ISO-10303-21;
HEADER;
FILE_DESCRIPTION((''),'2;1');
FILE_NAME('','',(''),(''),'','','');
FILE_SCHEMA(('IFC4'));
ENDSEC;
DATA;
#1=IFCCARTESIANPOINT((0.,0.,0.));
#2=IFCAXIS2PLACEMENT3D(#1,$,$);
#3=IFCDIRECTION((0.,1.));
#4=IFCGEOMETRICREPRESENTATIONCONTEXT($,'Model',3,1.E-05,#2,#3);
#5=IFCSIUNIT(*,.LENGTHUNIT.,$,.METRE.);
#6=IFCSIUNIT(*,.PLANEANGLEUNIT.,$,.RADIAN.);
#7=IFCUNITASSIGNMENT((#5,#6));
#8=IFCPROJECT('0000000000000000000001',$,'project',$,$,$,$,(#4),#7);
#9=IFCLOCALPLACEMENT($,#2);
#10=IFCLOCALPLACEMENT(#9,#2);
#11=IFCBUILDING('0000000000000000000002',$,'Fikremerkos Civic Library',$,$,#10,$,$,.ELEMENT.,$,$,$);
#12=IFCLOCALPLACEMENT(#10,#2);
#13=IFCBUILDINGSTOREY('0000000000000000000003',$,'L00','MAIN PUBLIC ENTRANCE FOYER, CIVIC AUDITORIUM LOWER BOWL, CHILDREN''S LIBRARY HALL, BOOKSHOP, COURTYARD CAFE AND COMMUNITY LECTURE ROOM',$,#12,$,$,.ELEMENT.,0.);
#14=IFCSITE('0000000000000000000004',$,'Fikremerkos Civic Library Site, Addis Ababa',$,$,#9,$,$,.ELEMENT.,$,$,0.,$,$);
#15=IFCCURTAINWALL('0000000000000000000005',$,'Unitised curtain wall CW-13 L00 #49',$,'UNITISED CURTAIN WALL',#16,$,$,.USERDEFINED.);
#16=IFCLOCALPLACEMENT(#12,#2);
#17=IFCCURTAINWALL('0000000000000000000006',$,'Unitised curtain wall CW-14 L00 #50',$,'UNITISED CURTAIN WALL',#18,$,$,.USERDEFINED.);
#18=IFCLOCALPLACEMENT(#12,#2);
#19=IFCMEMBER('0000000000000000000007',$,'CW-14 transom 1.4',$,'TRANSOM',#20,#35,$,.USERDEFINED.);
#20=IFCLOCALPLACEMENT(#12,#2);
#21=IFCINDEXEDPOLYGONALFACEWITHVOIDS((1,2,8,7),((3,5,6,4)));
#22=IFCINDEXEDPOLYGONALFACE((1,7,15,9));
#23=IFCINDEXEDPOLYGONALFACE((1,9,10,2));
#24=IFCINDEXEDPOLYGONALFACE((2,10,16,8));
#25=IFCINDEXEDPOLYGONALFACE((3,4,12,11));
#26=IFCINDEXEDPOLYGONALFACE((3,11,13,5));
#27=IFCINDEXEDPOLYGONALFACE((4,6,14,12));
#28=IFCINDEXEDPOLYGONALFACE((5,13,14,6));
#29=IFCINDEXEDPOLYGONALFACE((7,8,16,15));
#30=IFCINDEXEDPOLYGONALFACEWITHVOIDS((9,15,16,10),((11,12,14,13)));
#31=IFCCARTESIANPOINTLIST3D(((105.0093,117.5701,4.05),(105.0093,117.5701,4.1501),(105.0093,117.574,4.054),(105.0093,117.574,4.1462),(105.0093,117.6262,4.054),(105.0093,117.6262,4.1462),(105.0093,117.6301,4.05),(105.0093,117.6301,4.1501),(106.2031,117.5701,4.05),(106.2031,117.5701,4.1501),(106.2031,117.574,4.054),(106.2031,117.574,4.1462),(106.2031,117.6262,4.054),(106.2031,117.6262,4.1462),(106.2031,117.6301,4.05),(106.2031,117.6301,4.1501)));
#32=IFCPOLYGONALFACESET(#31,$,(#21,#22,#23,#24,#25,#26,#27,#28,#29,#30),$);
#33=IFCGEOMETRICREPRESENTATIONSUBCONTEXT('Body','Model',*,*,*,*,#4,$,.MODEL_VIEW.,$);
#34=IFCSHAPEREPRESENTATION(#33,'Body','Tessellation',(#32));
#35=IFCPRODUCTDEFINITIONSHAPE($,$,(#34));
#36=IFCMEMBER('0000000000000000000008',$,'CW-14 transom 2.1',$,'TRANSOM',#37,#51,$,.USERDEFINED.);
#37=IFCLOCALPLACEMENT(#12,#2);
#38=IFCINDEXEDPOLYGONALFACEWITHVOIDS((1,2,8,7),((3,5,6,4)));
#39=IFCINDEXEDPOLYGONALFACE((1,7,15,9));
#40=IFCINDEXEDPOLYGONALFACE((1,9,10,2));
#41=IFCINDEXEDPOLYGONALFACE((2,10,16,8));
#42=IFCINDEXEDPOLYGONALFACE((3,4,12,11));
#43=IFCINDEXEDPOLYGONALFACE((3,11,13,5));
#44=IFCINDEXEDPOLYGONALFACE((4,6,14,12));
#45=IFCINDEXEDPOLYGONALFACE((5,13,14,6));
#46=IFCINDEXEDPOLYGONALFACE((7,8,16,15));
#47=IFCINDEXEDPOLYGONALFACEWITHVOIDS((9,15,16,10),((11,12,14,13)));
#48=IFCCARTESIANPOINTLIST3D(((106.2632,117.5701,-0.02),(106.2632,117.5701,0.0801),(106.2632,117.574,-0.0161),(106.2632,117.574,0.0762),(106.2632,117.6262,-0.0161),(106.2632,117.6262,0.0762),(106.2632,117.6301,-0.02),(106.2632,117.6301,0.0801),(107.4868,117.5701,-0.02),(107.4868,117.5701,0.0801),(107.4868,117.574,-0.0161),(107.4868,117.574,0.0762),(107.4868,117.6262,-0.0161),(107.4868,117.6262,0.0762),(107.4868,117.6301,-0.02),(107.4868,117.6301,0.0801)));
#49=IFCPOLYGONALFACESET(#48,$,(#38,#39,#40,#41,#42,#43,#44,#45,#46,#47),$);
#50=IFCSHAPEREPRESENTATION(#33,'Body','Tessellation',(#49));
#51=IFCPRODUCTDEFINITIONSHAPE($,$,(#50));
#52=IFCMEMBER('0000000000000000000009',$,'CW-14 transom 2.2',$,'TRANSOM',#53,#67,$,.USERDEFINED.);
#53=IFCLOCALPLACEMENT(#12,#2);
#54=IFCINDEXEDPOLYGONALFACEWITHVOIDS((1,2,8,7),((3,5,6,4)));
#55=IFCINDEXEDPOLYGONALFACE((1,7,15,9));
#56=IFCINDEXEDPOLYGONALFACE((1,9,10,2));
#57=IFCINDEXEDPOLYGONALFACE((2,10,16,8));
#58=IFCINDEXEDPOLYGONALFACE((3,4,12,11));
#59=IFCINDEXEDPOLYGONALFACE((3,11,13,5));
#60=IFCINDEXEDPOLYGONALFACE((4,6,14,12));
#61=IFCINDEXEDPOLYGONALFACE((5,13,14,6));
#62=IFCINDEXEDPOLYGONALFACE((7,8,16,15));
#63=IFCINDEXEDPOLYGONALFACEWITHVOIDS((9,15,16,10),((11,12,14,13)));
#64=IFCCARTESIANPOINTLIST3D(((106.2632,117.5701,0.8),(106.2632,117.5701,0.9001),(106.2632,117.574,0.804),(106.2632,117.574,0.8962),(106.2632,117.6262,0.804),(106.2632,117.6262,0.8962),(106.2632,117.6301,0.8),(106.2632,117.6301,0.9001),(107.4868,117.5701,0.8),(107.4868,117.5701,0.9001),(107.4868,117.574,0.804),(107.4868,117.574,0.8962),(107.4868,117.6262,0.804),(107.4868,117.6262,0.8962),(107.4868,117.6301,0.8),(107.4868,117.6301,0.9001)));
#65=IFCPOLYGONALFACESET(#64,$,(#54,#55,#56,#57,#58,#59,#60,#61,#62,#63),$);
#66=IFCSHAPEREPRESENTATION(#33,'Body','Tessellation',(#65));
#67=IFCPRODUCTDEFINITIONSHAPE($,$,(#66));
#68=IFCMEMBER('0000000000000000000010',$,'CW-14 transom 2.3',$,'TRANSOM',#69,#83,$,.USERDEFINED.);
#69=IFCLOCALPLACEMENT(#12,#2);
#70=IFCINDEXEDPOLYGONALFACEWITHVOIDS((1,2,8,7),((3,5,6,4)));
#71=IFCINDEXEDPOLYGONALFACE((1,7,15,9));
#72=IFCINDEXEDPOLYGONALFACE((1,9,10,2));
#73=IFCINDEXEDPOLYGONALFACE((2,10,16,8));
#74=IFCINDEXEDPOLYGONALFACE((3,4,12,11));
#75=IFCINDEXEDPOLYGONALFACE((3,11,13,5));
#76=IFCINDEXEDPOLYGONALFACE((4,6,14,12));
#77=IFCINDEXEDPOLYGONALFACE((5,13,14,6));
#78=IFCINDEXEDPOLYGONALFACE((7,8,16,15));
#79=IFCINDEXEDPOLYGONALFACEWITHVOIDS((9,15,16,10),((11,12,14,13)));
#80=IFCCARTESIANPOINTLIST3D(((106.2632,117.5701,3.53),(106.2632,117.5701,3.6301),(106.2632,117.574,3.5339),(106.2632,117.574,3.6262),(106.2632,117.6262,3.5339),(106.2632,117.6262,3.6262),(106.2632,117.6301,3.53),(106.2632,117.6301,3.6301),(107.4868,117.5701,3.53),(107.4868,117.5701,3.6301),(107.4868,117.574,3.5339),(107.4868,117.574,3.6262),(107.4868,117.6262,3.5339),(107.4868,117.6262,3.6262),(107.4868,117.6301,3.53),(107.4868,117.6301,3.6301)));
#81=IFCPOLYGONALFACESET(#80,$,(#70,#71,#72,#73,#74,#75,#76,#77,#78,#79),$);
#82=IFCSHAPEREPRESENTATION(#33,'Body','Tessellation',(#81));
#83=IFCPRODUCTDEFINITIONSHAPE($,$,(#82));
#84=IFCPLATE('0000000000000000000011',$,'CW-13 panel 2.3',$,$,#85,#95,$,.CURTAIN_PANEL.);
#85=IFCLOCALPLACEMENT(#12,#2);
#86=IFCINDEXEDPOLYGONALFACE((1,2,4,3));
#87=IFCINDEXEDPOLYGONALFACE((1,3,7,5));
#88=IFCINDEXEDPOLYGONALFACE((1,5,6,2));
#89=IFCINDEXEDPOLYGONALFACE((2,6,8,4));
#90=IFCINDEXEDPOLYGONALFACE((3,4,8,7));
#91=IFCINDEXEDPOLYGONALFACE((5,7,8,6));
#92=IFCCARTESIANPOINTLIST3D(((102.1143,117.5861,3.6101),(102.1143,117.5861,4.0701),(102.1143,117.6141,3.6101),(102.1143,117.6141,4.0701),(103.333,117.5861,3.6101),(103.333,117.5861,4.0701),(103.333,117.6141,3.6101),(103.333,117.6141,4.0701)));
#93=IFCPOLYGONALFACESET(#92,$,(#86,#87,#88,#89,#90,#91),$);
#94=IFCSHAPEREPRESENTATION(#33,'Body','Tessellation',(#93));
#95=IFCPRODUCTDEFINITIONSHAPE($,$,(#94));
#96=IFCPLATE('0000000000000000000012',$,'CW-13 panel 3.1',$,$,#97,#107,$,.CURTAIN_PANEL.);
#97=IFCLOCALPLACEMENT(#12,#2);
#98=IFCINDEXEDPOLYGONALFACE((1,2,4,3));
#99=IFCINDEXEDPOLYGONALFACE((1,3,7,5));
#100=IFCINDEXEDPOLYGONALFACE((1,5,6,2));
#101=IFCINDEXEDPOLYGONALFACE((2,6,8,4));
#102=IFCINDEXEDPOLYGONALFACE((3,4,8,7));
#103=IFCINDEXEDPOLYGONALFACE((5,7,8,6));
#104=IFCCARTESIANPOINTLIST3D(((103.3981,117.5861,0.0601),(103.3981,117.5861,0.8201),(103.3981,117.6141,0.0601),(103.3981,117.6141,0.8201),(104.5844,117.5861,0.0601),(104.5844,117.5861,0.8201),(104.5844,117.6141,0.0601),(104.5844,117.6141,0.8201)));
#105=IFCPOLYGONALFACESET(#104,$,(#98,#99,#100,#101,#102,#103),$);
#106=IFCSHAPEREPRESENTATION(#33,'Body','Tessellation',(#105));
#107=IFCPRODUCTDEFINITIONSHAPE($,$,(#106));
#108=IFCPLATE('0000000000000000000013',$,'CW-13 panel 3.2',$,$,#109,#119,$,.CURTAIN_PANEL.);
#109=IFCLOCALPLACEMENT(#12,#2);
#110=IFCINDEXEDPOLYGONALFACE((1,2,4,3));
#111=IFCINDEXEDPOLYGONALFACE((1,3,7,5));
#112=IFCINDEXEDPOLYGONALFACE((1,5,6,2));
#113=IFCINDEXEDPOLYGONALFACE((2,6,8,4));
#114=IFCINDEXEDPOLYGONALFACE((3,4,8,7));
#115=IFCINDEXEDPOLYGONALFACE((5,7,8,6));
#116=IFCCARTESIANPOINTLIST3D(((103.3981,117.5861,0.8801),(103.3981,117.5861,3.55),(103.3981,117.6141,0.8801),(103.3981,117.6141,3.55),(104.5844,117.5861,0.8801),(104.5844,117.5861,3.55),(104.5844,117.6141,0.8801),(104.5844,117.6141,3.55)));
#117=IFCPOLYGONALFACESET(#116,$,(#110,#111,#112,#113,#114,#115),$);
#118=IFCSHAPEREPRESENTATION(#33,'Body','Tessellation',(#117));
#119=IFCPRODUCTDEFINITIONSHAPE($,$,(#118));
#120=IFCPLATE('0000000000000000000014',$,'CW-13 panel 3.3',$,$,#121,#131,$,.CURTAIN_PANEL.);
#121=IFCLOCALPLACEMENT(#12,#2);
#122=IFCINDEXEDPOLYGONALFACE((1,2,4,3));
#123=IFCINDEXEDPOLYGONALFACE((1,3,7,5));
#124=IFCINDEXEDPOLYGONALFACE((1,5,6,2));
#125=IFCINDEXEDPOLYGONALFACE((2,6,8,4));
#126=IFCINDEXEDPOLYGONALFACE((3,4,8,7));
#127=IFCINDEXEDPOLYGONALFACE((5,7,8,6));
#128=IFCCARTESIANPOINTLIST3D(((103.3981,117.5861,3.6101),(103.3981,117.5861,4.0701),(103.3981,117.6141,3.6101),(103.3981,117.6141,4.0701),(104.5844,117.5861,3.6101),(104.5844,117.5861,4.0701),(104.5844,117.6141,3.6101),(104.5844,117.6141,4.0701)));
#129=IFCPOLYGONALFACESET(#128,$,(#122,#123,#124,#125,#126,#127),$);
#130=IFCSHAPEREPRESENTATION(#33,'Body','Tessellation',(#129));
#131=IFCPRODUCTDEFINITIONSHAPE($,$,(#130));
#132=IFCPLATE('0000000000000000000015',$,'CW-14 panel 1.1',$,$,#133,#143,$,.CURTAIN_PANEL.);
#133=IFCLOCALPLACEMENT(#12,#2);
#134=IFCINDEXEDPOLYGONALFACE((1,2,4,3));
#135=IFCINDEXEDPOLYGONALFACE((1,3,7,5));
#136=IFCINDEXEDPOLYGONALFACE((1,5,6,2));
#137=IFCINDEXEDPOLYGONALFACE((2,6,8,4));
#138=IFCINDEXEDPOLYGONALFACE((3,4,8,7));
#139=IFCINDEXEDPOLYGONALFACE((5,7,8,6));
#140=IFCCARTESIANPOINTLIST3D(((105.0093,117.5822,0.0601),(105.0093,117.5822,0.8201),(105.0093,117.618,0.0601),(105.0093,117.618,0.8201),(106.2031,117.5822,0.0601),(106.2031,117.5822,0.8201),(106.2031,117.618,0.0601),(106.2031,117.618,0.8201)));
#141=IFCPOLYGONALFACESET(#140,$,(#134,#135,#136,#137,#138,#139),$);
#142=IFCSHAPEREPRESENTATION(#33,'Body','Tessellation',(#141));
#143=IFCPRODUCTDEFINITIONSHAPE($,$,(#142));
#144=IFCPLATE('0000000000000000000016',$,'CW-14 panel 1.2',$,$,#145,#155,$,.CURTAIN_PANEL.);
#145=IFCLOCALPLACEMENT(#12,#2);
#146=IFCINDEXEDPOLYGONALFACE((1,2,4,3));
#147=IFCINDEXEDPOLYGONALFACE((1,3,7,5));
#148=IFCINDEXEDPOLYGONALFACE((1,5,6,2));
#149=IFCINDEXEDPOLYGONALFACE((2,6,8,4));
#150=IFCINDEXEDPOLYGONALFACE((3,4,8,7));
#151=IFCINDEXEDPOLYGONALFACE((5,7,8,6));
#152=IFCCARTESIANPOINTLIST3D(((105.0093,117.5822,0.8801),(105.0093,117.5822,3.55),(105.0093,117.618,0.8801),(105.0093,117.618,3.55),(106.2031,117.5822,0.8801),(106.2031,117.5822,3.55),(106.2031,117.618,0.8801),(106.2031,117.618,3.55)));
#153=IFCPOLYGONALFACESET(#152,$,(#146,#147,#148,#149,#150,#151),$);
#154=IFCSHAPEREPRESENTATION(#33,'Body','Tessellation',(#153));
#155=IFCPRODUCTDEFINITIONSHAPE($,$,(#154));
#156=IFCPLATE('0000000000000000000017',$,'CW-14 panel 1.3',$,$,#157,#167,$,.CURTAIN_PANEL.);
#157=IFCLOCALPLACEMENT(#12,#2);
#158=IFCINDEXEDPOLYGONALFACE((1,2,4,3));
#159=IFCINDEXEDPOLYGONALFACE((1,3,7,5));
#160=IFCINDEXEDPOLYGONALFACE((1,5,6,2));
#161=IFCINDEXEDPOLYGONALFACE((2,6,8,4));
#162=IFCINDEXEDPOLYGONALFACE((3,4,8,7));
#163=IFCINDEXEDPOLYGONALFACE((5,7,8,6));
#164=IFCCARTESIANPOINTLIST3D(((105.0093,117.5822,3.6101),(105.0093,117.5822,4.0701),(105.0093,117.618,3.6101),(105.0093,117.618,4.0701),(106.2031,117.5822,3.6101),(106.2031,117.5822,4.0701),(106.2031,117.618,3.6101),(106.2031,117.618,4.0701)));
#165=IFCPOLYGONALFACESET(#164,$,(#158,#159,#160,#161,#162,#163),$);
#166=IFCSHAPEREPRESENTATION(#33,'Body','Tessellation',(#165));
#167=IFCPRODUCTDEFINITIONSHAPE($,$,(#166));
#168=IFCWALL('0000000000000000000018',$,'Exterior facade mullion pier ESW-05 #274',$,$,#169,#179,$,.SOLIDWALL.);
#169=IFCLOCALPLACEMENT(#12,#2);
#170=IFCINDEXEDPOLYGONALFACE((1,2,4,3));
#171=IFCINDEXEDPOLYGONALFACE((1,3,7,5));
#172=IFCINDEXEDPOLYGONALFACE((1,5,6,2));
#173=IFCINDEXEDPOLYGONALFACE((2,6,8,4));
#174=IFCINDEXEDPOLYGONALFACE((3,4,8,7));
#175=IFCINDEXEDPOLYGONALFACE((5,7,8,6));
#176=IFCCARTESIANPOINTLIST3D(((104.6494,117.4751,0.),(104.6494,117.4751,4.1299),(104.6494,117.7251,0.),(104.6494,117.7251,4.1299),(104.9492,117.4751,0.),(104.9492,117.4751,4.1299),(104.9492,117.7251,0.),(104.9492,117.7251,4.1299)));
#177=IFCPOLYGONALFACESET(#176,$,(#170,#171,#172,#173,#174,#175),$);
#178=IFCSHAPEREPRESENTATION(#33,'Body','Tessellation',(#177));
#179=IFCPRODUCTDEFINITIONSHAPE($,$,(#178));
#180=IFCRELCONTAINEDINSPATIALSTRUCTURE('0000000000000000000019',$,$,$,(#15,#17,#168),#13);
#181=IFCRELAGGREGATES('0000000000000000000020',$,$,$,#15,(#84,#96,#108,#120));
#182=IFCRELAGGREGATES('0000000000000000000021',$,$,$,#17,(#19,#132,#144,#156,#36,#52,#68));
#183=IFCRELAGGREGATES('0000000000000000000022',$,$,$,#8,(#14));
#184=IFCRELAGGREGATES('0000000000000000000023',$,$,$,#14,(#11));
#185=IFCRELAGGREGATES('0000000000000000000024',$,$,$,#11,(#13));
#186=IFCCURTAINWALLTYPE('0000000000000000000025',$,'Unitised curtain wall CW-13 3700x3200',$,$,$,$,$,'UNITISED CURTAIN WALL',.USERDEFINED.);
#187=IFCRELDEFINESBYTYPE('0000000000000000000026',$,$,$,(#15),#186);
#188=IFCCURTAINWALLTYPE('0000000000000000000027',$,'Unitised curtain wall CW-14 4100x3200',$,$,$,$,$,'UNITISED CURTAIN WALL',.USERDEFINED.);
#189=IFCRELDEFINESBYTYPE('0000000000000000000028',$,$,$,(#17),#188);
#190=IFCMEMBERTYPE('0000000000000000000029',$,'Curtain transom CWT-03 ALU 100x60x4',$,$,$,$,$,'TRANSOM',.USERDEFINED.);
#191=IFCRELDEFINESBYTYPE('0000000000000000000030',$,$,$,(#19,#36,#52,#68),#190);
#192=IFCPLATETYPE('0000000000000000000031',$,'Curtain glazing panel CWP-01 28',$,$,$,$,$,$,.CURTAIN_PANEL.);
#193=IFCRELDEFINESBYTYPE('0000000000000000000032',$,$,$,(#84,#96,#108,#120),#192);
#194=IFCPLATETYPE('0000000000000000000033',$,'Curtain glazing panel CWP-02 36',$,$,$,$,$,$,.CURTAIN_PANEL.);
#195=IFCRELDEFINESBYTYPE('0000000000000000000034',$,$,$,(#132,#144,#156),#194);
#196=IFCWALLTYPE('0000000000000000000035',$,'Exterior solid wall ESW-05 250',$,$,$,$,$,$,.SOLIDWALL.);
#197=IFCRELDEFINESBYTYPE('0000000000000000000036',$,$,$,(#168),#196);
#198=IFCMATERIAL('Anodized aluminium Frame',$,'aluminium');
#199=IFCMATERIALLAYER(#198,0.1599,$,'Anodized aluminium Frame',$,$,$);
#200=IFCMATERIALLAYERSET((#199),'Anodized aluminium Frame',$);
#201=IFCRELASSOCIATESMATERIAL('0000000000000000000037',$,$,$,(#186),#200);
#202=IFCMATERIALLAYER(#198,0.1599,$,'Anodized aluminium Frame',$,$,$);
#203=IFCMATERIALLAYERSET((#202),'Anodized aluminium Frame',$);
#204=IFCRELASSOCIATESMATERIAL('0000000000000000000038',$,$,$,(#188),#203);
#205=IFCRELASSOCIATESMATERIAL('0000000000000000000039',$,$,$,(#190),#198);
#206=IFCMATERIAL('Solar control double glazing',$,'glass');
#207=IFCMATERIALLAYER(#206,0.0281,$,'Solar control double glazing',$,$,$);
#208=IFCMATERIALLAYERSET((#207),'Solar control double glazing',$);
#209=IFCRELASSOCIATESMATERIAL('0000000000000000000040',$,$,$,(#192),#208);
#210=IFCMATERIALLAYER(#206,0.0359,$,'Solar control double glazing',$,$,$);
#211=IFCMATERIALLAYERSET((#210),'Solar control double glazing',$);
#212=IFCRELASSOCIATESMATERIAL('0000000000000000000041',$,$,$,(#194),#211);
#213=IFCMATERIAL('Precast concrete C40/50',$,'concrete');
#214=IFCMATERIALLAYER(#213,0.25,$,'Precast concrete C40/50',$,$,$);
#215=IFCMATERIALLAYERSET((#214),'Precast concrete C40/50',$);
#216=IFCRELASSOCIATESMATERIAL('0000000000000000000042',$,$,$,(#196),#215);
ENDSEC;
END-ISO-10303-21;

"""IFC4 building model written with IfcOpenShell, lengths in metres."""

from ifc_helpers import new_model, si_unit, direction, frame, frame_2d, origin, origin_2d, place, context, subcontext, project, spatial, rectangle, hollow_rectangle, extrude, material, layer, layer_set, material_profile, profile_set, type_object, element, aggregate, save


model = new_model("IFC4")

# Units and contexts
model_context = context("Model", 3, precision=1e-05, world=origin(), true_north=direction((0.0, 1.0)))
body_context = subcontext(model_context, "Body", "Model", "MODEL_VIEW")
ifc_project = project(units=[si_unit("LENGTHUNIT", "METRE"), si_unit("PLANEANGLEUNIT", "RADIAN")], contexts=[model_context])

# Site, building, storey
site_placement = place(None, origin())
site = spatial("IfcSite", under=ifc_project, at=site_placement, Name="Fikremerkos Civic Library Site, Addis Ababa", CompositionType="ELEMENT", RefElevation=0.0)
building_placement = place(site_placement, origin())
building = spatial("IfcBuilding", under=site, at=building_placement, Name="Fikremerkos Civic Library", CompositionType="ELEMENT")
storey_placement = place(building_placement, origin())
storey = spatial("IfcBuildingStorey", under=building, at=storey_placement, Name="L00", Description="MAIN PUBLIC ENTRANCE FOYER, CIVIC AUDITORIUM LOWER BOWL, CHILDREN'S LIBRARY HALL, BOOKSHOP, COURTYARD CAFE AND COMMUNITY LECTURE ROOM", CompositionType="ELEMENT", Elevation=0.0)

# Curtain walls
ifc_material_1 = material(Name="Anodized aluminium Frame", Category="aluminium")
ifc_layer_1 = layer(ifc_material_1, 0.1599, Name="Anodized aluminium Frame")
ifc_layer_set_1 = layer_set([ifc_layer_1], Name="Anodized aluminium Frame")
curtain_wall_type_1 = type_object("IfcCurtainWallType", Name="Unitised curtain wall CW-13 3700x3200", ElementType="UNITISED CURTAIN WALL", PredefinedType="USERDEFINED", material=ifc_layer_set_1)
curtain_wall_1_placement = place(storey_placement, origin())
curtain_wall_1 = element("IfcCurtainWall", 1, at=curtain_wall_1_placement, inside=storey, type_object=curtain_wall_type_1, Name="Unitised curtain wall CW-13 L00 #49", ObjectType="UNITISED CURTAIN WALL", PredefinedType="USERDEFINED")
ifc_layer_2 = layer(ifc_material_1, 0.1599, Name="Anodized aluminium Frame")
ifc_layer_set_2 = layer_set([ifc_layer_2], Name="Anodized aluminium Frame")
curtain_wall_type_2 = type_object("IfcCurtainWallType", Name="Unitised curtain wall CW-14 4100x3200", ElementType="UNITISED CURTAIN WALL", PredefinedType="USERDEFINED", material=ifc_layer_set_2)
curtain_wall_2_placement = place(storey_placement, origin())
curtain_wall_2 = element("IfcCurtainWall", 2, at=curtain_wall_2_placement, inside=storey, type_object=curtain_wall_type_2, Name="Unitised curtain wall CW-14 L00 #50", ObjectType="UNITISED CURTAIN WALL", PredefinedType="USERDEFINED")

# Members
ifc_material_profile_1 = material_profile(ifc_material_1, hollow_rectangle(XDim=0.0601, YDim=0.1001, WallThickness=0.0039, at=origin_2d()), Name="ALU 100x60x4")
ifc_profile_set_1 = profile_set([ifc_material_profile_1], Name="Anodized aluminium Frame")
member_type_1 = type_object("IfcMemberType", Name="Curtain transom CWT-03 ALU 100x60x4", ElementType="TRANSOM", PredefinedType="USERDEFINED", material=ifc_profile_set_1)
member_1_placement = place(storey_placement, frame((105.0093, 117.6001, 4.1001), z_axis=(1.0, 0.0, 0.0), x_axis=(0.0, 1.0, 0.0)))
member_1 = element("IfcMember", 3, at=member_1_placement, type_object=member_type_1, Name="CW-14 transom 1.4", ObjectType="TRANSOM", PredefinedType="USERDEFINED", context=body_context, shape_type="SweptSolid", body=[
    extrude(hollow_rectangle(XDim=0.0601, YDim=0.1001, WallThickness=0.0039, at=origin_2d()), origin(), (0.0, 0.0, 1.0), 1.1938),
])
member_2_placement = place(storey_placement, frame((106.2632, 117.6001, 0.03), z_axis=(1.0, 0.0, 0.0), x_axis=(0.0, 1.0, 0.0)))
member_2 = element("IfcMember", 4, at=member_2_placement, type_object=member_type_1, Name="CW-14 transom 2.1", ObjectType="TRANSOM", PredefinedType="USERDEFINED", context=body_context, shape_type="SweptSolid", body=[
    extrude(hollow_rectangle(XDim=0.0601, YDim=0.1001, WallThickness=0.0039, at=origin_2d()), origin(), (0.0, 0.0, 1.0), 1.2236),
])
member_3_placement = place(storey_placement, frame((106.2632, 117.6001, 0.8501), z_axis=(1.0, 0.0, 0.0), x_axis=(0.0, 1.0, 0.0)))
member_3 = element("IfcMember", 5, at=member_3_placement, type_object=member_type_1, Name="CW-14 transom 2.2", ObjectType="TRANSOM", PredefinedType="USERDEFINED", context=body_context, shape_type="SweptSolid", body=[
    extrude(hollow_rectangle(XDim=0.0601, YDim=0.1001, WallThickness=0.0039, at=origin_2d()), origin(), (0.0, 0.0, 1.0), 1.2236),
])
member_4_placement = place(storey_placement, frame((106.2632, 117.6001, 3.5801), z_axis=(1.0, 0.0, 0.0), x_axis=(0.0, 1.0, 0.0)))
member_4 = element("IfcMember", 6, at=member_4_placement, type_object=member_type_1, Name="CW-14 transom 2.3", ObjectType="TRANSOM", PredefinedType="USERDEFINED", context=body_context, shape_type="SweptSolid", body=[
    extrude(hollow_rectangle(XDim=0.0601, YDim=0.1001, WallThickness=0.0039, at=origin_2d()), origin(), (0.0, 0.0, 1.0), 1.2236),
])

# Plates
ifc_material_2 = material(Name="Solar control double glazing", Category="glass")
ifc_layer_3 = layer(ifc_material_2, 0.0281, Name="Solar control double glazing")
ifc_layer_set_3 = layer_set([ifc_layer_3], Name="Solar control double glazing")
plate_type_1 = type_object("IfcPlateType", Name="Curtain glazing panel CWP-01 28", PredefinedType="CURTAIN_PANEL", material=ifc_layer_set_3)
plate_1_placement = place(storey_placement, frame((102.7236, 117.6001, 3.6101), z_axis=(0.0, 0.0, 1.0), x_axis=(1.0, 0.0, 0.0)))
plate_1 = element("IfcPlate", 7, at=plate_1_placement, type_object=plate_type_1, Name="CW-13 panel 2.3", PredefinedType="CURTAIN_PANEL", context=body_context, shape_type="SweptSolid", body=[
    extrude(rectangle(XDim=1.2188, YDim=0.0281, at=origin_2d()), origin(), (0.0, 0.0, 1.0), 0.46),
])
plate_2_placement = place(storey_placement, frame((103.9912, 117.6001, 0.0601), z_axis=(0.0, 0.0, 1.0), x_axis=(1.0, 0.0, 0.0)))
plate_2 = element("IfcPlate", 8, at=plate_2_placement, type_object=plate_type_1, Name="CW-13 panel 3.1", PredefinedType="CURTAIN_PANEL", context=body_context, shape_type="SweptSolid", body=[
    extrude(rectangle(XDim=1.1863, YDim=0.0281, at=origin_2d()), origin(), (0.0, 0.0, 1.0), 0.76),
])
plate_3_placement = place(storey_placement, frame((103.9912, 117.6001, 0.8801), z_axis=(0.0, 0.0, 1.0), x_axis=(1.0, 0.0, 0.0)))
plate_3 = element("IfcPlate", 9, at=plate_3_placement, type_object=plate_type_1, Name="CW-13 panel 3.2", PredefinedType="CURTAIN_PANEL", context=body_context, shape_type="SweptSolid", body=[
    extrude(rectangle(XDim=1.1863, YDim=0.0281, at=origin_2d()), origin(), (0.0, 0.0, 1.0), 2.6699),
])
plate_4_placement = place(storey_placement, frame((103.9912, 117.6001, 3.6101), z_axis=(0.0, 0.0, 1.0), x_axis=(1.0, 0.0, 0.0)))
plate_4 = element("IfcPlate", 10, at=plate_4_placement, type_object=plate_type_1, Name="CW-13 panel 3.3", PredefinedType="CURTAIN_PANEL", context=body_context, shape_type="SweptSolid", body=[
    extrude(rectangle(XDim=1.1863, YDim=0.0281, at=origin_2d()), origin(), (0.0, 0.0, 1.0), 0.46),
])
aggregate(curtain_wall_1, [plate_1, plate_2, plate_3, plate_4])
ifc_layer_4 = layer(ifc_material_2, 0.0359, Name="Solar control double glazing")
ifc_layer_set_4 = layer_set([ifc_layer_4], Name="Solar control double glazing")
plate_type_2 = type_object("IfcPlateType", Name="Curtain glazing panel CWP-02 36", PredefinedType="CURTAIN_PANEL", material=ifc_layer_set_4)
plate_5_placement = place(storey_placement, frame((105.6062, 117.6001, 0.0601), z_axis=(0.0, 0.0, 1.0), x_axis=(1.0, 0.0, 0.0)))
plate_5 = element("IfcPlate", 11, at=plate_5_placement, type_object=plate_type_2, Name="CW-14 panel 1.1", PredefinedType="CURTAIN_PANEL", context=body_context, shape_type="SweptSolid", body=[
    extrude(rectangle(XDim=1.1938, YDim=0.0359, at=origin_2d()), origin(), (0.0, 0.0, 1.0), 0.76),
])
plate_6_placement = place(storey_placement, frame((105.6062, 117.6001, 0.8801), z_axis=(0.0, 0.0, 1.0), x_axis=(1.0, 0.0, 0.0)))
plate_6 = element("IfcPlate", 12, at=plate_6_placement, type_object=plate_type_2, Name="CW-14 panel 1.2", PredefinedType="CURTAIN_PANEL", context=body_context, shape_type="SweptSolid", body=[
    extrude(rectangle(XDim=1.1938, YDim=0.0359, at=origin_2d()), origin(), (0.0, 0.0, 1.0), 2.6699),
])
plate_7_placement = place(storey_placement, frame((105.6062, 117.6001, 3.6101), z_axis=(0.0, 0.0, 1.0), x_axis=(1.0, 0.0, 0.0)))
plate_7 = element("IfcPlate", 13, at=plate_7_placement, type_object=plate_type_2, Name="CW-14 panel 1.3", PredefinedType="CURTAIN_PANEL", context=body_context, shape_type="SweptSolid", body=[
    extrude(rectangle(XDim=1.1938, YDim=0.0359, at=origin_2d()), origin(), (0.0, 0.0, 1.0), 0.46),
])
aggregate(curtain_wall_2, [member_1, plate_5, plate_6, plate_7, member_2, member_3, member_4])

# Wall
ifc_material_3 = material(Name="Precast concrete C40/50", Category="concrete")
ifc_layer_5 = layer(ifc_material_3, 0.25, Name="Precast concrete C40/50")
ifc_layer_set_5 = layer_set([ifc_layer_5], Name="Precast concrete C40/50")
wall_type = type_object("IfcWallType", Name="Exterior solid wall ESW-05 250", PredefinedType="SOLIDWALL", material=ifc_layer_set_5)
wall_placement = place(storey_placement, frame((104.6494, 117.6001, 0.0), z_axis=(0.0, 0.0, 1.0), x_axis=(1.0, 0.0, 0.0)))
element("IfcWall", 14, at=wall_placement, inside=storey, type_object=wall_type, Name="Exterior facade mullion pier ESW-05 #274", PredefinedType="SOLIDWALL", context=body_context, shape_type="SweptSolid", body=[
    extrude(rectangle(XDim=0.2998, YDim=0.25, at=frame_2d((0.1499, 0.0))), origin(), (0.0, 0.0, 1.0), 4.1299),
])

save(model, "model.ifc")
